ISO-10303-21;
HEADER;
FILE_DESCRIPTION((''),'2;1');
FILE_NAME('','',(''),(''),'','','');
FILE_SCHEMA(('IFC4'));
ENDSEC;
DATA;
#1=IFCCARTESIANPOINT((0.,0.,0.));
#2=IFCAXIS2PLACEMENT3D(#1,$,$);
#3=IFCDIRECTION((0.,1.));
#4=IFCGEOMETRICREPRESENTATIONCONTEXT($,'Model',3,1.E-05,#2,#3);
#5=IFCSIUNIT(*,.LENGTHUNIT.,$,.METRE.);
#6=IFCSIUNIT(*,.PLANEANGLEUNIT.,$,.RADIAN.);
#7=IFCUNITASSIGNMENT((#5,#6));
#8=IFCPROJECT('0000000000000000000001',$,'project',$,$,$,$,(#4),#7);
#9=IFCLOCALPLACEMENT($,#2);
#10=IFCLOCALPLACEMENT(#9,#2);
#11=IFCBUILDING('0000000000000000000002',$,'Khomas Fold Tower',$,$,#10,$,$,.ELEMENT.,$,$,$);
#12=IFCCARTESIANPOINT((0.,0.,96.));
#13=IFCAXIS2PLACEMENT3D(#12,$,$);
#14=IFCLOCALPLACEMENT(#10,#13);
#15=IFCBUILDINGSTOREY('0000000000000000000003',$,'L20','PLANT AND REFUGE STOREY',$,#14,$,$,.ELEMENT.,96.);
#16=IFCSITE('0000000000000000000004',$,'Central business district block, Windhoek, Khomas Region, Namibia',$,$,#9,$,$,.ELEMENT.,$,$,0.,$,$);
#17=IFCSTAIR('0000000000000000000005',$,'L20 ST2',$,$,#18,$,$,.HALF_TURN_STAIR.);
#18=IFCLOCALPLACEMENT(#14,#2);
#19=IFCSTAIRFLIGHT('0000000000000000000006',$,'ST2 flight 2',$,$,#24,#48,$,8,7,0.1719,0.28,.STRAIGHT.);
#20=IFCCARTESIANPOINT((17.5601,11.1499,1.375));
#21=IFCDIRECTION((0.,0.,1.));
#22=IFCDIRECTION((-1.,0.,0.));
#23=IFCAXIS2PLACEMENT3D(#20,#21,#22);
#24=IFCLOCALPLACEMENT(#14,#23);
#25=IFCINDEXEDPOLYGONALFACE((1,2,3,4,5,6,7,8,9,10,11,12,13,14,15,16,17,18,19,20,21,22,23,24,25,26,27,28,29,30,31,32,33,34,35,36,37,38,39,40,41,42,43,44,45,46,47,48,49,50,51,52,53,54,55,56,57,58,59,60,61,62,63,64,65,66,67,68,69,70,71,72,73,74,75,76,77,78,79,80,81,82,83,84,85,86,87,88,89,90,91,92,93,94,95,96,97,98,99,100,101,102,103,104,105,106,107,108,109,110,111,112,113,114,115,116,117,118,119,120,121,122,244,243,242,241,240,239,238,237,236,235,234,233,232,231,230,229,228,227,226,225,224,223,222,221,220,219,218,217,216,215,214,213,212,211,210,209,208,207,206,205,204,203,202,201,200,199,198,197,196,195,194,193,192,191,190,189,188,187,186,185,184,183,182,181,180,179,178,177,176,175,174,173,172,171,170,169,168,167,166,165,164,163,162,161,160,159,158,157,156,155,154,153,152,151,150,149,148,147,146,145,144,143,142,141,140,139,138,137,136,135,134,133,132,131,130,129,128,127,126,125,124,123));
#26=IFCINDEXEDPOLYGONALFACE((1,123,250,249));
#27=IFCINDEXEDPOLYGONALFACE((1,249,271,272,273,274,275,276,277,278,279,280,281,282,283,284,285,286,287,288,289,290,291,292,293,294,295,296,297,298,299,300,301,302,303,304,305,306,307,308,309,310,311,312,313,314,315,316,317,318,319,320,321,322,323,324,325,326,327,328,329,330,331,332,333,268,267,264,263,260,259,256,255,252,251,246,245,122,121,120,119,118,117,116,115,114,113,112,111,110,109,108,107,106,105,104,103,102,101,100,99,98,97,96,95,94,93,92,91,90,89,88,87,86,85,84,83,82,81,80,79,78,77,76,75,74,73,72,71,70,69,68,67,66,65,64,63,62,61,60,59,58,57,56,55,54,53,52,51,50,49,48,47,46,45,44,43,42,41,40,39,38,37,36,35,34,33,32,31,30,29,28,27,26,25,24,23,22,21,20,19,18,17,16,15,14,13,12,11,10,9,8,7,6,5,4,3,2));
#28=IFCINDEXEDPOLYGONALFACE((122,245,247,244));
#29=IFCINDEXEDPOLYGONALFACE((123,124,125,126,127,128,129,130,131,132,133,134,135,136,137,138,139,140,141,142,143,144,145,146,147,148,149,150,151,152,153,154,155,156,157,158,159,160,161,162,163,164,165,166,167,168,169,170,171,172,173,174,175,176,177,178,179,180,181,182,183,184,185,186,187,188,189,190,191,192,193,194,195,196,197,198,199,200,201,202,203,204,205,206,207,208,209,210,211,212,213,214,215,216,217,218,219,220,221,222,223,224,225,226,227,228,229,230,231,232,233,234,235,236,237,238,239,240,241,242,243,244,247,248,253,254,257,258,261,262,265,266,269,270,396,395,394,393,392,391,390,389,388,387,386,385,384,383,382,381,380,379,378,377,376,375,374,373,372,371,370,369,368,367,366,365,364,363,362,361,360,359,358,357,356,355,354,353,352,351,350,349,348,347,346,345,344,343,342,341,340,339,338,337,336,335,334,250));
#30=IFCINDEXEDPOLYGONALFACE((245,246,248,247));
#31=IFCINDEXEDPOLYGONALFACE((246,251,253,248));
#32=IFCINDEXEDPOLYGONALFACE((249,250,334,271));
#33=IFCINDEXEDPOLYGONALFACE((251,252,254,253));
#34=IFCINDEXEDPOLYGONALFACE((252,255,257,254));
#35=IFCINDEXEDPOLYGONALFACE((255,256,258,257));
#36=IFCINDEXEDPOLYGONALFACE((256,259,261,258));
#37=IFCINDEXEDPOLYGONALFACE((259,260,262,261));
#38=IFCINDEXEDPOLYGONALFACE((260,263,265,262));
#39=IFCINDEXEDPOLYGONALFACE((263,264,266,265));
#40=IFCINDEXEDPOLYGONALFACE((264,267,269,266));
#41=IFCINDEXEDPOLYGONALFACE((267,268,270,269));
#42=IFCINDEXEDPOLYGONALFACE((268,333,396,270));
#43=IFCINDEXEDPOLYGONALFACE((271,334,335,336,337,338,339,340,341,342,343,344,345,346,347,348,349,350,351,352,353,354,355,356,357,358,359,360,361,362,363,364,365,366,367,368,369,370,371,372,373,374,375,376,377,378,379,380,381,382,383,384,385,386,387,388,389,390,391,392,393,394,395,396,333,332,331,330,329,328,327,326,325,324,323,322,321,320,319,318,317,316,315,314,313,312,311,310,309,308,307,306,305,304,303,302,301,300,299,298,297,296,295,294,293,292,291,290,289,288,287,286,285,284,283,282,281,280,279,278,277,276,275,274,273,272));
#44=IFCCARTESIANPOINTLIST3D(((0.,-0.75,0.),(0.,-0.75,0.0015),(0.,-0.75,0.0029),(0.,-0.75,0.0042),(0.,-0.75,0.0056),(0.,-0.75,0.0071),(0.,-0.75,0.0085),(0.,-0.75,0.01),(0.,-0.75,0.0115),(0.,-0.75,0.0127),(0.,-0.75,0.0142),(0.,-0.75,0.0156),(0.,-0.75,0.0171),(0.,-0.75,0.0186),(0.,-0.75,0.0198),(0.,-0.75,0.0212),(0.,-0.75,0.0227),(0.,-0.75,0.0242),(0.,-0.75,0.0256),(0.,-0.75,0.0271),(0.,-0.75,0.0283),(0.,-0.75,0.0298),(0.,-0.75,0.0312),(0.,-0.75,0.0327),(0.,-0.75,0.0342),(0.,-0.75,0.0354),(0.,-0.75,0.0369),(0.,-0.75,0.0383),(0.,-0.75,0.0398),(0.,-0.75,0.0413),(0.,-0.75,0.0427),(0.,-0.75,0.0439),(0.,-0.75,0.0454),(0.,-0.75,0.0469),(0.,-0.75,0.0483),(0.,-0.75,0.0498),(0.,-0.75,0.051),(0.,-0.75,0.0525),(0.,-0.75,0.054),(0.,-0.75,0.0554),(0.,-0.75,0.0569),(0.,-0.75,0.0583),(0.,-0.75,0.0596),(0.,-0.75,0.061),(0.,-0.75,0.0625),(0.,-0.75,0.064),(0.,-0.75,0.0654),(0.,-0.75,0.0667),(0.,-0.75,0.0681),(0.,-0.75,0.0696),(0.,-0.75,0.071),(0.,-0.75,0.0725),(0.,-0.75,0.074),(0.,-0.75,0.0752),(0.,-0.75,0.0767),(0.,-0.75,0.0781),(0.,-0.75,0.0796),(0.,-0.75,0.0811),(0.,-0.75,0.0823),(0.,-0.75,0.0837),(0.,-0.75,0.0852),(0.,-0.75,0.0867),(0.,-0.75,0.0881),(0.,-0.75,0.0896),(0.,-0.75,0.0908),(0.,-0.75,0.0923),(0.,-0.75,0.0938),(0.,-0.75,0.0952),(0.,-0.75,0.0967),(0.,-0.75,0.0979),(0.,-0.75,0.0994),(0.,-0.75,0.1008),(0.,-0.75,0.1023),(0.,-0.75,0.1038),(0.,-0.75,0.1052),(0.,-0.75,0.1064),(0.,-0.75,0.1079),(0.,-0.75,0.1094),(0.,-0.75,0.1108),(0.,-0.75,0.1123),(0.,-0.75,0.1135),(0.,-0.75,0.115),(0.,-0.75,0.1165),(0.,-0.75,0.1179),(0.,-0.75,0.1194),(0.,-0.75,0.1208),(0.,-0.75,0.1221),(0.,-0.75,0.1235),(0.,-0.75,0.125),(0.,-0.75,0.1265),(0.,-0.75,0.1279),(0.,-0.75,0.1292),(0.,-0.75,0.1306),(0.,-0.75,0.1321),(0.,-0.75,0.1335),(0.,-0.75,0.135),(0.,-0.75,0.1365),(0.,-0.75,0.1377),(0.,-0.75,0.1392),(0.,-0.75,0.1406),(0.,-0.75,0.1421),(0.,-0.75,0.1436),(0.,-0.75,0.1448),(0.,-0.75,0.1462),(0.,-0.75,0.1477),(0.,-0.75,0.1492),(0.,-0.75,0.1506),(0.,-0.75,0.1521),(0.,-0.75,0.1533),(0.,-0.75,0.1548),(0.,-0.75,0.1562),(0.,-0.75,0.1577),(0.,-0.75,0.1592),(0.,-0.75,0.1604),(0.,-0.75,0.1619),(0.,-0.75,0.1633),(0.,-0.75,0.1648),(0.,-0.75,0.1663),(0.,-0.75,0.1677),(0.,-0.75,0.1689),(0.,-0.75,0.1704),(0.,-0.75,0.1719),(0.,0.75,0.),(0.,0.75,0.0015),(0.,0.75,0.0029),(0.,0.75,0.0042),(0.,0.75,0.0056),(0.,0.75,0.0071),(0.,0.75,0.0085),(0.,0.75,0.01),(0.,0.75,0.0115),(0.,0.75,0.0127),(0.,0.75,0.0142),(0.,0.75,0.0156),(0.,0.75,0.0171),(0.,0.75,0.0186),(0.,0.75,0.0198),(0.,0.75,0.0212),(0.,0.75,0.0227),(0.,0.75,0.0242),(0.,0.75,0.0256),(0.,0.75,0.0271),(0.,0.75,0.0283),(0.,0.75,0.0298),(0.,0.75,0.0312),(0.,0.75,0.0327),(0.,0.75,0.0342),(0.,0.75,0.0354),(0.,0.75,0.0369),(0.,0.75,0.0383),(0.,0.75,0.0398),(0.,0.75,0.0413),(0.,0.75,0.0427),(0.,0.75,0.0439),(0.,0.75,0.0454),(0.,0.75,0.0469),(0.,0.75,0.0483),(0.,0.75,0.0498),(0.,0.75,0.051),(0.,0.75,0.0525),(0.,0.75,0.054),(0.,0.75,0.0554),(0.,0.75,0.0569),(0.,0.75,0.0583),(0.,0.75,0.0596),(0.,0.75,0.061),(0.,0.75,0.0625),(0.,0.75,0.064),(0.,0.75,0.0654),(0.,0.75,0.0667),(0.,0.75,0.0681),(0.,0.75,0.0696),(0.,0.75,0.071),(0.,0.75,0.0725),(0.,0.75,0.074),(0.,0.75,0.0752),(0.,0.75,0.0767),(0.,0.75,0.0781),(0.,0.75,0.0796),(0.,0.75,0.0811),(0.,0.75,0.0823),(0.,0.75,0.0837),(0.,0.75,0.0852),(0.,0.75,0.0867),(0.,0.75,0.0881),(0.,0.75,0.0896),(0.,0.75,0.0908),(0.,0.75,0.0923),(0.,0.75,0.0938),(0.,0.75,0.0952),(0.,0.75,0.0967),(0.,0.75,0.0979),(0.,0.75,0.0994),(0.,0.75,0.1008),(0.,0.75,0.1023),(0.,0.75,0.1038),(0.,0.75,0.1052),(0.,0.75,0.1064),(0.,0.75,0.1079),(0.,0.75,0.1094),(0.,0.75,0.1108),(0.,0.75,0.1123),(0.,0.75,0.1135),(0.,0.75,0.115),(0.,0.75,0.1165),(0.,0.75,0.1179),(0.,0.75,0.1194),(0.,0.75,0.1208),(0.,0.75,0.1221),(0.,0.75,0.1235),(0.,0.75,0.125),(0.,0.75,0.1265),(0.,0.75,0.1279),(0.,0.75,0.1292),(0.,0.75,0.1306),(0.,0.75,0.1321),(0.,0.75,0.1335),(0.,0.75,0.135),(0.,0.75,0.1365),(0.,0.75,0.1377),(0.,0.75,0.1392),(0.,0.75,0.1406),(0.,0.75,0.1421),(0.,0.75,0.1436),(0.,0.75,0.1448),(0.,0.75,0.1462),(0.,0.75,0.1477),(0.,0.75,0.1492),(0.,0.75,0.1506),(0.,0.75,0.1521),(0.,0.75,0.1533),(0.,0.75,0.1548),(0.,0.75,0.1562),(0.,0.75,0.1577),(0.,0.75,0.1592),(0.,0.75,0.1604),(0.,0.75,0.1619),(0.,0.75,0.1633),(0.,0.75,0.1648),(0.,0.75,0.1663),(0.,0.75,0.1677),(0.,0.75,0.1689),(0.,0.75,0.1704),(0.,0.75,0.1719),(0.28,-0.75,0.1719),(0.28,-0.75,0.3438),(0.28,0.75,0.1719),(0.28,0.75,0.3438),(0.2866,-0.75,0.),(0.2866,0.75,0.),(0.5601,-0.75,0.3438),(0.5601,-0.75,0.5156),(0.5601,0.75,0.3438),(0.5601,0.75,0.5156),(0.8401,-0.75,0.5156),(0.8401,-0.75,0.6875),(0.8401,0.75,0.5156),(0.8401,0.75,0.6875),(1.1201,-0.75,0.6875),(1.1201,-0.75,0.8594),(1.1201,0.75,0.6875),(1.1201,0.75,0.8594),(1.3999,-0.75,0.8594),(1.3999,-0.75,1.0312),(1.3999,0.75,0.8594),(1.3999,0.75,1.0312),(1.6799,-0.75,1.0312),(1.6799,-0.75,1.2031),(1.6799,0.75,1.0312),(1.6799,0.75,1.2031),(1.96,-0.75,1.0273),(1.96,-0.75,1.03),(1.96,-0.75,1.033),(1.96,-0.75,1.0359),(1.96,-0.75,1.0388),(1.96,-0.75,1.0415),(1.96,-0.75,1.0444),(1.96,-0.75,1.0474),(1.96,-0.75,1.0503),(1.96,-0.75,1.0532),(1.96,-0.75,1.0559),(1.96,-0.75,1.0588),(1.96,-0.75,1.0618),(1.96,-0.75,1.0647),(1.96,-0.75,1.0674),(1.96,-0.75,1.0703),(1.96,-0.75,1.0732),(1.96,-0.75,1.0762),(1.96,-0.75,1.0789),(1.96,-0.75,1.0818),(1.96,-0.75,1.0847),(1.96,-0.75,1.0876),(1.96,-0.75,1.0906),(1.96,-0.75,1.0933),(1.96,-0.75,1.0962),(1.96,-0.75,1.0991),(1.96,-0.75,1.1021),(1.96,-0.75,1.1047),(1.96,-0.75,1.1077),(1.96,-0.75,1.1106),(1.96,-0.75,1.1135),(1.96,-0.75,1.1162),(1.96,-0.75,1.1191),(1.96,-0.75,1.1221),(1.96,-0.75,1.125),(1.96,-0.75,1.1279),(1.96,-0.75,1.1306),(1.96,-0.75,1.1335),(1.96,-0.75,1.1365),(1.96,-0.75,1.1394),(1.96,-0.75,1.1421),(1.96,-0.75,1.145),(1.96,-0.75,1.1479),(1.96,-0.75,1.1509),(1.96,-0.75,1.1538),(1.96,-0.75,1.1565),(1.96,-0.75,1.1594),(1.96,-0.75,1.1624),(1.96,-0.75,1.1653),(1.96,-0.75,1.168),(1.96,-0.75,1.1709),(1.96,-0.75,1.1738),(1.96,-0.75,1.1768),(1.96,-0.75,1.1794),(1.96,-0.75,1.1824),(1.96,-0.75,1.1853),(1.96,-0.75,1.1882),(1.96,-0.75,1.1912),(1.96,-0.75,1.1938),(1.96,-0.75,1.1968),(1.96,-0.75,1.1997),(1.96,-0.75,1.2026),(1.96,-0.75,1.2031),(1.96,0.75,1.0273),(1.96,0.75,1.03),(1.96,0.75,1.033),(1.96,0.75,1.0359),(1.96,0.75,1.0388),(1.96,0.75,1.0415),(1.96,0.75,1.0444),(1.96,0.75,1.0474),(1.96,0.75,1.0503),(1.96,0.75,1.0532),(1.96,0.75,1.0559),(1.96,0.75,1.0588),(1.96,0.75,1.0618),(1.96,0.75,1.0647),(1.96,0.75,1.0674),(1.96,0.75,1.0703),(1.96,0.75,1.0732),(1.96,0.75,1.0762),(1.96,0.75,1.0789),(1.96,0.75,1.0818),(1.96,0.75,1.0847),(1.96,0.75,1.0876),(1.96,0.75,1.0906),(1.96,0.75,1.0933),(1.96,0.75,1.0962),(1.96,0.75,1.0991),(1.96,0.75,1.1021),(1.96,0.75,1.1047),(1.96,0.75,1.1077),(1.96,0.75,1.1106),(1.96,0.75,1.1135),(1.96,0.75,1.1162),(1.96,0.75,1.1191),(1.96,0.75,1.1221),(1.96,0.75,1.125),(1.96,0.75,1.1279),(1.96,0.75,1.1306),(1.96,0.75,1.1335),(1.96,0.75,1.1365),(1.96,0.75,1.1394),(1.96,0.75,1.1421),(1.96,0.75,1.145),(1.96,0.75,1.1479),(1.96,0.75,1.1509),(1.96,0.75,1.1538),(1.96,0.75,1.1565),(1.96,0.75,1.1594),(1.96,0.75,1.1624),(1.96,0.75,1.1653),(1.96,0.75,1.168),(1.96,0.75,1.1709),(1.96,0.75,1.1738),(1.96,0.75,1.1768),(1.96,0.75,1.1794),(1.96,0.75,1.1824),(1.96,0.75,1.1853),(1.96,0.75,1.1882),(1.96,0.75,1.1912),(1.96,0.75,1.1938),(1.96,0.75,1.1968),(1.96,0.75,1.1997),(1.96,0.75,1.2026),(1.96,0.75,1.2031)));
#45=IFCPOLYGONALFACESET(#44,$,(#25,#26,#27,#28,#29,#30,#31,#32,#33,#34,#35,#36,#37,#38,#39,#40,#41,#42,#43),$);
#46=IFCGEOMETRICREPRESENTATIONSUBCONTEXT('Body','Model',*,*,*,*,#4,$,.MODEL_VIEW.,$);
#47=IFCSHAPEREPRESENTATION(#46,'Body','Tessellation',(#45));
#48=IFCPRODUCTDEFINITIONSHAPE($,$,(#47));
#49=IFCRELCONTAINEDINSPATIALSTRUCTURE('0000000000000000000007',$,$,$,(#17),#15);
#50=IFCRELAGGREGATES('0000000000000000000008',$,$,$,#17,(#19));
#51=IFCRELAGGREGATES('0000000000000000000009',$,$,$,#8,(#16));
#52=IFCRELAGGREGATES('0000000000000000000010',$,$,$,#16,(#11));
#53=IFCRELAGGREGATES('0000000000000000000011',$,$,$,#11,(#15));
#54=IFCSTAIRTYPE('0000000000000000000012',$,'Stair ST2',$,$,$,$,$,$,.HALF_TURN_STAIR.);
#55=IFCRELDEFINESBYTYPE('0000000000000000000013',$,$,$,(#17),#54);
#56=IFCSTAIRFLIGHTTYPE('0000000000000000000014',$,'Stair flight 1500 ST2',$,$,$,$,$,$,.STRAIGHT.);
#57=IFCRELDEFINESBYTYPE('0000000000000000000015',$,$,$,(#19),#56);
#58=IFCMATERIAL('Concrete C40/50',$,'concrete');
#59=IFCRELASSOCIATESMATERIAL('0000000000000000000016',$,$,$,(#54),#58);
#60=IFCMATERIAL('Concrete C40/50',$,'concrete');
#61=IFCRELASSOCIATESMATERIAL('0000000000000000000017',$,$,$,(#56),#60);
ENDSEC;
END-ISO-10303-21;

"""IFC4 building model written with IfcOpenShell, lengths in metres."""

from ifc_helpers import new_model, si_unit, direction, frame, origin, place, context, subcontext, project, spatial, polyline, outline, extrude, source, transform, mapped, material, type_object, element, aggregate, save


model = new_model("IFC4")

# Units and contexts
model_context = context("Model", 3, precision=1e-05, world=origin(), true_north=direction((0.0, 1.0)))
body_context = subcontext(model_context, "Body", "Model", "MODEL_VIEW")
ifc_project = project(units=[si_unit("LENGTHUNIT", "METRE"), si_unit("PLANEANGLEUNIT", "RADIAN")], contexts=[model_context])

# Site, building, storey
site_placement = place(None, origin())
site = spatial("IfcSite", under=ifc_project, at=site_placement, Name="Central business district block, Windhoek, Khomas Region, Namibia", CompositionType="ELEMENT", RefElevation=0.0)
building_placement = place(site_placement, origin())
building = spatial("IfcBuilding", under=site, at=building_placement, Name="Khomas Fold Tower", CompositionType="ELEMENT")
storey_placement = place(building_placement, frame((0.0, 0.0, 96.0)))
storey = spatial("IfcBuildingStorey", under=building, at=storey_placement, Name="L20", Description="PLANT AND REFUGE STOREY", CompositionType="ELEMENT", Elevation=96.0)

# Stair, stair flight
ifc_material_1 = material(Name="Concrete C40/50", Category="concrete")
stair_type = type_object("IfcStairType", Name="Stair ST2", PredefinedType="HALF_TURN_STAIR", material=ifc_material_1)
stair_placement = place(storey_placement, origin())
stair = element("IfcStair", 1, at=stair_placement, inside=storey, type_object=stair_type, Name="L20 ST2", PredefinedType="HALF_TURN_STAIR")
ifc_material_2 = material(Name="Concrete C40/50", Category="concrete")
stair_flight_type = type_object("IfcStairFlightType", Name="Stair flight 1500 ST2", PredefinedType="STRAIGHT", material=ifc_material_2)
shared_shape_1 = source(origin(), body_context, "Body", "SweptSolid", [
    extrude(outline(polyline([(0.0, 0.0), (0.0, 0.0015), (0.0, 0.0029), (0.0, 0.0042), (0.0, 0.0056), (0.0, 0.0071), (0.0, 0.0085), (0.0, 0.01), (0.0, 0.0115), (0.0, 0.0127), (0.0, 0.0142), (0.0, 0.0156), (0.0, 0.0171), (0.0, 0.0186), (0.0, 0.0198), (0.0, 0.0212), (0.0, 0.0227), (0.0, 0.0242), (0.0, 0.0256), (0.0, 0.0271), (0.0, 0.0283), (0.0, 0.0298), (0.0, 0.0312), (0.0, 0.0327), (0.0, 0.0342), (0.0, 0.0354), (0.0, 0.0369), (0.0, 0.0383), (0.0, 0.0398), (0.0, 0.0413), (0.0, 0.0427), (0.0, 0.0439), (0.0, 0.0454), (0.0, 0.0469), (0.0, 0.0483), (0.0, 0.0498), (0.0, 0.051), (0.0, 0.0525), (0.0, 0.054), (0.0, 0.0554), (0.0, 0.0569), (0.0, 0.0583), (0.0, 0.0596), (0.0, 0.061), (0.0, 0.0625), (0.0, 0.064), (0.0, 0.0654), (0.0, 0.0667), (0.0, 0.0681), (0.0, 0.0696), (0.0, 0.071), (0.0, 0.0725), (0.0, 0.074), (0.0, 0.0752), (0.0, 0.0767), (0.0, 0.0781), (0.0, 0.0796), (0.0, 0.0811), (0.0, 0.0823), (0.0, 0.0837), (0.0, 0.0852), (0.0, 0.0867), (0.0, 0.0881), (0.0, 0.0896), (0.0, 0.0908), (0.0, 0.0923), (0.0, 0.0938), (0.0, 0.0952), (0.0, 0.0967), (0.0, 0.0979), (0.0, 0.0994), (0.0, 0.1008), (0.0, 0.1023), (0.0, 0.1038), (0.0, 0.1052), (0.0, 0.1064), (0.0, 0.1079), (0.0, 0.1094), (0.0, 0.1108), (0.0, 0.1123), (0.0, 0.1135), (0.0, 0.115), (0.0, 0.1165), (0.0, 0.1179), (0.0, 0.1194), (0.0, 0.1208), (0.0, 0.1221), (0.0, 0.1235), (0.0, 0.125), (0.0, 0.1265), (0.0, 0.1279), (0.0, 0.1292), (0.0, 0.1306), (0.0, 0.1321), (0.0, 0.1335), (0.0, 0.135), (0.0, 0.1365), (0.0, 0.1377), (0.0, 0.1392), (0.0, 0.1406), (0.0, 0.1421), (0.0, 0.1436), (0.0, 0.1448), (0.0, 0.1462), (0.0, 0.1477), (0.0, 0.1492), (0.0, 0.1506), (0.0, 0.1521), (0.0, 0.1533), (0.0, 0.1548), (0.0, 0.1562), (0.0, 0.1577), (0.0, 0.1592), (0.0, 0.1604), (0.0, 0.1619), (0.0, 0.1633), (0.0, 0.1648), (0.0, 0.1663), (0.0, 0.1677), (0.0, 0.1689), (0.0, 0.1704), (0.0, 0.1719), (0.28, 0.1719), (0.28, 0.3438), (0.5601, 0.3438), (0.5601, 0.5156), (0.8401, 0.5156), (0.8401, 0.6875), (1.1201, 0.6875), (1.1201, 0.8594), (1.3999, 0.8594), (1.3999, 1.0312), (1.6799, 1.0312), (1.6799, 1.2031), (1.96, 1.2031), (1.96, 1.375), (1.96, 1.3721), (1.96, 1.3691), (1.96, 1.3665), (1.96, 1.3635), (1.96, 1.3606), (1.96, 1.3577), (1.96, 1.355), (1.96, 1.3521), (1.96, 1.3491), (1.96, 1.3462), (1.96, 1.3435), (1.96, 1.3406), (1.96, 1.3376), (1.96, 1.3347), (1.96, 1.3318), (1.96, 1.3291), (1.96, 1.3262), (1.96, 1.3232), (1.96, 1.3203), (1.96, 1.3176), (1.96, 1.3147), (1.96, 1.3118), (1.96, 1.3088), (1.96, 1.3059), (1.96, 1.3032), (1.96, 1.3003), (1.96, 1.2974), (1.96, 1.2944), (1.96, 1.2917), (1.96, 1.2888), (1.96, 1.2859), (1.96, 1.283), (1.96, 1.2803), (1.96, 1.2773), (1.96, 1.2744), (1.96, 1.2715), (1.96, 1.2686), (1.96, 1.2659), (1.96, 1.2629), (1.96, 1.26), (1.96, 1.2571), (1.96, 1.2544), (1.96, 1.2515), (1.96, 1.2485), (1.96, 1.2456), (1.96, 1.2427), (1.96, 1.24), (1.96, 1.2371), (1.96, 1.2341), (1.96, 1.2312), (1.96, 1.2285), (1.96, 1.2256), (1.96, 1.2227), (1.96, 1.2197), (1.96, 1.217), (1.96, 1.2141), (1.96, 1.2112), (1.96, 1.2083), (1.96, 1.2053), (1.96, 1.2026), (1.96, 1.1997), (1.96, 1.1968), (1.96, 1.1938), (1.96, 1.1912), (1.96, 1.1882), (1.96, 1.1853), (1.96, 1.1824), (1.96, 1.1794), (1.96, 1.1768), (1.96, 1.1738), (1.96, 1.1709), (1.96, 1.168), (1.96, 1.1653), (1.96, 1.1624), (1.96, 1.1594), (1.96, 1.1565), (1.96, 1.1538), (1.96, 1.1509), (1.96, 1.1479), (1.96, 1.145), (1.96, 1.1421), (1.96, 1.1394), (1.96, 1.1365), (1.96, 1.1335), (1.96, 1.1306), (1.96, 1.1279), (1.96, 1.125), (1.96, 1.1221), (1.96, 1.1191), (1.96, 1.1162), (1.96, 1.1135), (1.96, 1.1106), (1.96, 1.1077), (1.96, 1.1047), (1.96, 1.1021), (1.96, 1.0991), (1.96, 1.0962), (1.96, 1.0933), (1.96, 1.0906), (1.96, 1.0876), (1.96, 1.0847), (1.96, 1.0818), (1.96, 1.0789), (1.96, 1.0762), (1.96, 1.0732), (1.96, 1.0703), (1.96, 1.0674), (1.96, 1.0647), (1.96, 1.0618), (1.96, 1.0588), (1.96, 1.0559), (1.96, 1.0532), (1.96, 1.0503), (1.96, 1.0474), (1.96, 1.0444), (1.96, 1.0415), (1.96, 1.0388), (1.96, 1.0359), (1.96, 1.033), (1.96, 1.03), (1.96, 1.0273), (0.2866, 0.0), (0.0, 0.0)])), frame((0.0, 0.75, 0.0), z_axis=(0.0, -1.0, 0.0), x_axis=(1.0, 0.0, 0.0)), (0.0, 0.0, 1.0), 1.5),
])
stair_flight_1_placement = place(storey_placement, frame((17.5601, 11.1499, 1.375), z_axis=(0.0, 0.0, 1.0), x_axis=(-1.0, 0.0, 0.0)))
stair_flight_1 = element("IfcStairFlight", 2, at=stair_flight_1_placement, type_object=stair_flight_type, Name="ST2 flight 2", NumberOfRisers=8, NumberOfTreads=7, PredefinedType="STRAIGHT", RiserHeight=0.1719, TreadLength=0.28, context=body_context, shape_type="MappedRepresentation", body=[
    mapped(shared_shape_1, transform((0.0, 0.0, 0.0))),
])
aggregate(stair, [stair_flight_1])

save(model, "model.ifc")
